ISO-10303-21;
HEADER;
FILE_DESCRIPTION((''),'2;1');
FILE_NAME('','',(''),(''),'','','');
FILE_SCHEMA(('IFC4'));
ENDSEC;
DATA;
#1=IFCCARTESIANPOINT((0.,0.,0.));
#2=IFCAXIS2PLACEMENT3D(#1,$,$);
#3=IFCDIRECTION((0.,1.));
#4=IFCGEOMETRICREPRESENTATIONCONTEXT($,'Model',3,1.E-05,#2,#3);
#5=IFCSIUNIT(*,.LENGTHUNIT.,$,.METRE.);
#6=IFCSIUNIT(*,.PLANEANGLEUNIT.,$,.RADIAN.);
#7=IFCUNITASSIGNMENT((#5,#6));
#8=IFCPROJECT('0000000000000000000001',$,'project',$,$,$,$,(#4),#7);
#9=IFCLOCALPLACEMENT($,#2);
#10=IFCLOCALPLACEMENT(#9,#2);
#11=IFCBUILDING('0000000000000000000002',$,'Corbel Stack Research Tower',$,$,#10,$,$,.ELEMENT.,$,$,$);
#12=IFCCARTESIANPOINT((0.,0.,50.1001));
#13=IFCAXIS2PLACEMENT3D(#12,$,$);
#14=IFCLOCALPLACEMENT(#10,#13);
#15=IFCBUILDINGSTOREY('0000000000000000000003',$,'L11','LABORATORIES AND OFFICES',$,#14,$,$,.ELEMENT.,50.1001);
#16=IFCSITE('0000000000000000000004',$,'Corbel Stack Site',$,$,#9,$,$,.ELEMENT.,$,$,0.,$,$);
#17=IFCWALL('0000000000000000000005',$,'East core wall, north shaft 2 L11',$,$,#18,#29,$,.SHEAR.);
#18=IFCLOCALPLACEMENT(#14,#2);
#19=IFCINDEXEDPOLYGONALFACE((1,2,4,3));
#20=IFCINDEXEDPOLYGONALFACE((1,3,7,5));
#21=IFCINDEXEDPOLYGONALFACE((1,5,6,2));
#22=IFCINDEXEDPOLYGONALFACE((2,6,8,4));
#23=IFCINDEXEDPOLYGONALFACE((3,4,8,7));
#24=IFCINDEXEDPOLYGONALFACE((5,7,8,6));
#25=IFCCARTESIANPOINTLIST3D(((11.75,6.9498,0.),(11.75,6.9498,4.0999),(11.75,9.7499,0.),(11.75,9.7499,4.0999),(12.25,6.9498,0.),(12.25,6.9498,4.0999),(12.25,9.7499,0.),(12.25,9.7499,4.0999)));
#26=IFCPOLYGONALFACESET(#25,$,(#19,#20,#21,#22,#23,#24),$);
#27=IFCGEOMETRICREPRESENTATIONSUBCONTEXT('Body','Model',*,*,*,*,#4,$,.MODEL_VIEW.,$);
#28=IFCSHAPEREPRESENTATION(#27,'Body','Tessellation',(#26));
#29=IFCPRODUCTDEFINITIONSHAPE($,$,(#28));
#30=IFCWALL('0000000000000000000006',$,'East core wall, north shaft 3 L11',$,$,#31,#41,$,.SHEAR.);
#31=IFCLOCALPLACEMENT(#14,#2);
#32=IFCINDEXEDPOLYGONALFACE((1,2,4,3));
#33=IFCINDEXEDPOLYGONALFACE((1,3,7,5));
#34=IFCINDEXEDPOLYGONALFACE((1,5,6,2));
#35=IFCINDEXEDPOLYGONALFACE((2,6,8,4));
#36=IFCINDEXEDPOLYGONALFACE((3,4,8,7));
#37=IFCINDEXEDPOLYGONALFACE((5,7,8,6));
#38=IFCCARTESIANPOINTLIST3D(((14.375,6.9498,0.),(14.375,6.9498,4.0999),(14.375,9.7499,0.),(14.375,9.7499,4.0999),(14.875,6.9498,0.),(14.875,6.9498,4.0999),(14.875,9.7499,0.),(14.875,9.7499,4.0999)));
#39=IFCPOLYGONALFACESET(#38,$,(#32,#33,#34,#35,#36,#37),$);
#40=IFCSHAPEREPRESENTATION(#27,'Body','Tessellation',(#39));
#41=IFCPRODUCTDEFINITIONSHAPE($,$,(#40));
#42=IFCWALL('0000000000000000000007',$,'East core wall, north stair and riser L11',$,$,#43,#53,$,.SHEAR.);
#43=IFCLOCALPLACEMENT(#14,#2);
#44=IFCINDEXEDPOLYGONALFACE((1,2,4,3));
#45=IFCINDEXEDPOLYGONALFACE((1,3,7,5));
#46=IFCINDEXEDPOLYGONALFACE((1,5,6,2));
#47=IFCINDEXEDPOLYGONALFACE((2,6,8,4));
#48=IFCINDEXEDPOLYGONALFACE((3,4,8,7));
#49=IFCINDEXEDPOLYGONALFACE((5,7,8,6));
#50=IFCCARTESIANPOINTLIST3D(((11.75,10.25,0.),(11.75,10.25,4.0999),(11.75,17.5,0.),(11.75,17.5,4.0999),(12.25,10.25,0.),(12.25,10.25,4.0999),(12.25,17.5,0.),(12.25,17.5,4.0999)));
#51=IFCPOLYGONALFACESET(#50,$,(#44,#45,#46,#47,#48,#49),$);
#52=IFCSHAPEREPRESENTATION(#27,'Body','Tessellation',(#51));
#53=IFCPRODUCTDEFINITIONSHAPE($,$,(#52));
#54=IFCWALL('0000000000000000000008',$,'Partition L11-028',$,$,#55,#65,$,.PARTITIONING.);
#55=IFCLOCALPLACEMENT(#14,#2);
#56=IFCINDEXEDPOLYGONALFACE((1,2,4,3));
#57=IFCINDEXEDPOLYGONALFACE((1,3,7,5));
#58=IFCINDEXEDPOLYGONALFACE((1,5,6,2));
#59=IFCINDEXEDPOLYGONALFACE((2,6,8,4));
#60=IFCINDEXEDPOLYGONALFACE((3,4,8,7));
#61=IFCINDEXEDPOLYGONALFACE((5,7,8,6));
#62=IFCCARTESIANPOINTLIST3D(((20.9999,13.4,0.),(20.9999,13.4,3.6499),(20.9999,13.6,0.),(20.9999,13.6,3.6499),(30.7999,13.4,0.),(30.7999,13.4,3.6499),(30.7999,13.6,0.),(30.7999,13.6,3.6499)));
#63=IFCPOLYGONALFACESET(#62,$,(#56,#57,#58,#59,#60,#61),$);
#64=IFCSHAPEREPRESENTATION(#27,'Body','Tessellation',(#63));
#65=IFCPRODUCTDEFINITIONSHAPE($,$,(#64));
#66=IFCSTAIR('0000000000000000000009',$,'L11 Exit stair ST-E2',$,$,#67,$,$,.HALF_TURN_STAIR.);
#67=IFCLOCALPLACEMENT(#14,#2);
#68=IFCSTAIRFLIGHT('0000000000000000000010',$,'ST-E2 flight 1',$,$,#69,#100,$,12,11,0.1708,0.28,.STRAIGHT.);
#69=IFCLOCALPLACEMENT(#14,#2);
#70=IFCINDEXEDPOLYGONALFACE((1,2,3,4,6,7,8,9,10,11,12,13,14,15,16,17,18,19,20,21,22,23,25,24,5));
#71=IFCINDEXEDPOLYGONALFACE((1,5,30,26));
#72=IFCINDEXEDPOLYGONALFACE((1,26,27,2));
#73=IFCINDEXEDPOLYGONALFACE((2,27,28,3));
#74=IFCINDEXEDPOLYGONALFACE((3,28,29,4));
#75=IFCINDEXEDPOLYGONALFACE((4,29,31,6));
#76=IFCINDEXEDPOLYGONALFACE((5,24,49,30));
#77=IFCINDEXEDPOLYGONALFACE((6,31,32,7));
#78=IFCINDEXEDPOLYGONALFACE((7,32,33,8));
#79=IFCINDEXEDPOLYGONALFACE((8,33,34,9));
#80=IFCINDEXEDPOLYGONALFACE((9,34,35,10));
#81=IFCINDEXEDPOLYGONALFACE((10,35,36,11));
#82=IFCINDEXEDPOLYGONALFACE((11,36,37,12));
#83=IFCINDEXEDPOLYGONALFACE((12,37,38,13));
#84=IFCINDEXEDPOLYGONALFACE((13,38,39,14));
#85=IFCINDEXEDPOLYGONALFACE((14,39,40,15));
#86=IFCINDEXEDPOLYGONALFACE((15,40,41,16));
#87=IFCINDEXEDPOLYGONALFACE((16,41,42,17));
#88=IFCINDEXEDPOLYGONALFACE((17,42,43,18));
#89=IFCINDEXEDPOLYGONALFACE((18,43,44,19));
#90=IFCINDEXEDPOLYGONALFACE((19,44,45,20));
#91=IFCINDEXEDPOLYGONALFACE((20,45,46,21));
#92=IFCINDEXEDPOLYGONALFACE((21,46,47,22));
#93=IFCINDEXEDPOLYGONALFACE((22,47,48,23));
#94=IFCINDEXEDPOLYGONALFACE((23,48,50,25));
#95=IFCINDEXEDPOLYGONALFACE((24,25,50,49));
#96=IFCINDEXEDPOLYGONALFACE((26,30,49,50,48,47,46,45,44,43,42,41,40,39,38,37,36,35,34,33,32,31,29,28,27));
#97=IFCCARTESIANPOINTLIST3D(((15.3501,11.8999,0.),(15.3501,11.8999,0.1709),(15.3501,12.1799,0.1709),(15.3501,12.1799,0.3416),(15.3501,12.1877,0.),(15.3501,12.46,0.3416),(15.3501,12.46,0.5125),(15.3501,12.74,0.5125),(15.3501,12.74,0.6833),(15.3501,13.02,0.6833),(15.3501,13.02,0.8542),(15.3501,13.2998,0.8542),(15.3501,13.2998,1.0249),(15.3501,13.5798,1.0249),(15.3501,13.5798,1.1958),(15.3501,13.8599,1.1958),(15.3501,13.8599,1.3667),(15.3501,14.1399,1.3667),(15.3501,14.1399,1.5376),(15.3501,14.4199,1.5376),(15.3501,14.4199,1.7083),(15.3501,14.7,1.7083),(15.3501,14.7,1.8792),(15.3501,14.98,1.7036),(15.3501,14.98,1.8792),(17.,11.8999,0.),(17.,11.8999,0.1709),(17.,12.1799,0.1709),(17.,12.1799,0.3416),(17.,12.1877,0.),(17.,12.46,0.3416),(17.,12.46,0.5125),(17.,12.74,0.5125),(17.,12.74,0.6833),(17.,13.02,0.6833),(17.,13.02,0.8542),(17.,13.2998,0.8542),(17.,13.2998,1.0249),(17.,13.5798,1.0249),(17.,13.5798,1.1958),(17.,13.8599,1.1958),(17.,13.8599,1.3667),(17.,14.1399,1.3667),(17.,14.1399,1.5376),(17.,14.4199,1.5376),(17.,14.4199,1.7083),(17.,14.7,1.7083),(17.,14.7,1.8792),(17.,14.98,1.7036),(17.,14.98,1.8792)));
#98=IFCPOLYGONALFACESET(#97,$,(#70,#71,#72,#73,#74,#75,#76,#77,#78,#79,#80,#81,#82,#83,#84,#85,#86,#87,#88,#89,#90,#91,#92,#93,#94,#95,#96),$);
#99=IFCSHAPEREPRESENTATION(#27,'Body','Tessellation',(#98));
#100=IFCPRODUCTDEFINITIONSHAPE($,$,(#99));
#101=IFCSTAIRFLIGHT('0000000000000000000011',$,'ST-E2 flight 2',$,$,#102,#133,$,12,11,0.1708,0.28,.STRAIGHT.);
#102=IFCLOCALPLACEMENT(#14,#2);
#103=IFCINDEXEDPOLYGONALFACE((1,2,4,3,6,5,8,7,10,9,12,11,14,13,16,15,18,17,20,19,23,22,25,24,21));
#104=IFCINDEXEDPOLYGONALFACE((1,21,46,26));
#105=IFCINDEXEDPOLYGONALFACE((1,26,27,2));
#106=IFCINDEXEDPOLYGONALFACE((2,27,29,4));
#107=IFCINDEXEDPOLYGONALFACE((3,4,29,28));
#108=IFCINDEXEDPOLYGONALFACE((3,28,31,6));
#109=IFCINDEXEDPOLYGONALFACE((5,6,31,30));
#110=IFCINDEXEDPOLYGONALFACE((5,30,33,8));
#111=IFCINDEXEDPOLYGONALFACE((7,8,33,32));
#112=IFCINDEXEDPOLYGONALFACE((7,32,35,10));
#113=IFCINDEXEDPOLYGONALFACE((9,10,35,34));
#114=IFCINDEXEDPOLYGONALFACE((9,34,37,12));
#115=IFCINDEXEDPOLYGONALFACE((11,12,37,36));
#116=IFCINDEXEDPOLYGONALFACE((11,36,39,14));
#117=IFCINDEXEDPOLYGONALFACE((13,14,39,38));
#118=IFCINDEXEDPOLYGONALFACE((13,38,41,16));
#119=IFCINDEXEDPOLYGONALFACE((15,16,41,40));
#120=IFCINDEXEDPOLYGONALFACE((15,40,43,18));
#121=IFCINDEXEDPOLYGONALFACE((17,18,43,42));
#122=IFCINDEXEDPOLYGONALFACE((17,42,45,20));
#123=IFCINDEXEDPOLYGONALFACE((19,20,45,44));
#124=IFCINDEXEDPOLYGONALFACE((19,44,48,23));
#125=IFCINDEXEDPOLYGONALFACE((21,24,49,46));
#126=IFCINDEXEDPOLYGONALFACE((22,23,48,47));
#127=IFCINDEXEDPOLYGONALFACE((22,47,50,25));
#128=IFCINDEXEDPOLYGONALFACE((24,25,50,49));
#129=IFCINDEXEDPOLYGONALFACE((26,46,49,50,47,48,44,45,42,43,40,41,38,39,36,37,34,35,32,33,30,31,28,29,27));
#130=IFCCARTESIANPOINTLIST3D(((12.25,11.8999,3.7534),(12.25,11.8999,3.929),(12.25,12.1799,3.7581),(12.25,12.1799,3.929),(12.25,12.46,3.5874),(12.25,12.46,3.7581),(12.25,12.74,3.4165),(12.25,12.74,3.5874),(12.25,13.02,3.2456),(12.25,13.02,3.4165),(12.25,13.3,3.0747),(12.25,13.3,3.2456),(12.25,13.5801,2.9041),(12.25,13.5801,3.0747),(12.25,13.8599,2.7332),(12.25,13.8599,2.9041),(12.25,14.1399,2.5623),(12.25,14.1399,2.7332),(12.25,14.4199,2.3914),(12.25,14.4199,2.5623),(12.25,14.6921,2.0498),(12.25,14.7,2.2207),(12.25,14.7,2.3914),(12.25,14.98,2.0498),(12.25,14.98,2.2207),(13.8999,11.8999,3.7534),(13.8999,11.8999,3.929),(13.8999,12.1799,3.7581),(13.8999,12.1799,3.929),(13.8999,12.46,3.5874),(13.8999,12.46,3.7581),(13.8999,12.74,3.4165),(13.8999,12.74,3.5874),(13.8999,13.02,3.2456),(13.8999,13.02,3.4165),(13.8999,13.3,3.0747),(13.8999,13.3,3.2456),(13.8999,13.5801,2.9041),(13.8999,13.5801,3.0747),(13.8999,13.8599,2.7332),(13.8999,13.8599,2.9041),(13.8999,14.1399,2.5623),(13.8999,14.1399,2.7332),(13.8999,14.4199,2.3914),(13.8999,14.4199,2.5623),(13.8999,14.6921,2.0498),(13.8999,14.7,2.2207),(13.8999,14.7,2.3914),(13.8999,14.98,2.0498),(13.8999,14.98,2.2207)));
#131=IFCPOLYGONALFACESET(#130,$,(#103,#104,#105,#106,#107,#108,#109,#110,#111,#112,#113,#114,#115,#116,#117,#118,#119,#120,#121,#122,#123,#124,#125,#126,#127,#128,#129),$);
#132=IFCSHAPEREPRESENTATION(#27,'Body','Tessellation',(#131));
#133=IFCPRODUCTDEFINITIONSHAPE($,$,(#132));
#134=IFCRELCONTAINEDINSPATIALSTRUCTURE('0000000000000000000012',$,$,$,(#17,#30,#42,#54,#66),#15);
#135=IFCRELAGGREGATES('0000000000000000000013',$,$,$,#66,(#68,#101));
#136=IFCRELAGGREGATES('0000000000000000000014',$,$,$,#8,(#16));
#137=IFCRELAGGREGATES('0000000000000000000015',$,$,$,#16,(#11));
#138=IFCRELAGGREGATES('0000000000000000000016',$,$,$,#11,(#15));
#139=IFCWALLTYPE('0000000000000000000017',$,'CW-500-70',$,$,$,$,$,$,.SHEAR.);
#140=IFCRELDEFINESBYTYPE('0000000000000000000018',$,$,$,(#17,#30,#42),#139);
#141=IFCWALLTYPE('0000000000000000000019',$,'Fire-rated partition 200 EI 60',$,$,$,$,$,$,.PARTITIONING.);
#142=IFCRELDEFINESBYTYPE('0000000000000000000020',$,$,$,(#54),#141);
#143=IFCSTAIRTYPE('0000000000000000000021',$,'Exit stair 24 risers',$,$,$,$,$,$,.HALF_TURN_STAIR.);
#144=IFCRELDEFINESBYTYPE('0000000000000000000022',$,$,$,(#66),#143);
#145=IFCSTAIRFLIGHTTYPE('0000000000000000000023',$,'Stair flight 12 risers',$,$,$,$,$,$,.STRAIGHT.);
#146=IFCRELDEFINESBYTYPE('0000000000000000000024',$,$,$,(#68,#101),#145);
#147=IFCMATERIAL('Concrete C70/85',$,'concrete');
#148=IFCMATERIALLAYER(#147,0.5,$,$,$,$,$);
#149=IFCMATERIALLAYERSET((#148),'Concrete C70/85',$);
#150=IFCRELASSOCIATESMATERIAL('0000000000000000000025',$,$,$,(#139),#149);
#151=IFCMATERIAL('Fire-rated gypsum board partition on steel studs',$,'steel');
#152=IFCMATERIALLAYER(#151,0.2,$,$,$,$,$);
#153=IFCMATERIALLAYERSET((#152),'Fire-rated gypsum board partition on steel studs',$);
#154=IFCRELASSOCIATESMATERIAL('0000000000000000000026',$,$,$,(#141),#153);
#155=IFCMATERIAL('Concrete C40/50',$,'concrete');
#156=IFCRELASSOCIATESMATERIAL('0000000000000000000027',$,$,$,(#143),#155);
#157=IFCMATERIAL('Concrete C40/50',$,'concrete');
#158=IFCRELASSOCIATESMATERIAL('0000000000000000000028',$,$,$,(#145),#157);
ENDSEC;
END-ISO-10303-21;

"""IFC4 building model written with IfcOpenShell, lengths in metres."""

from ifc_helpers import new_model, si_unit, direction, frame, frame_2d, origin, place, context, subcontext, project, spatial, polyline, rectangle, outline, extrude, material, layer, layer_set, type_object, element, aggregate, save


model = new_model("IFC4")

# Units and contexts
model_context = context("Model", 3, precision=1e-05, world=origin(), true_north=direction((0.0, 1.0)))
body_context = subcontext(model_context, "Body", "Model", "MODEL_VIEW")
ifc_project = project(units=[si_unit("LENGTHUNIT", "METRE"), si_unit("PLANEANGLEUNIT", "RADIAN")], contexts=[model_context])

# Site, building, storey
site_placement = place(None, origin())
site = spatial("IfcSite", under=ifc_project, at=site_placement, Name="Corbel Stack Site", CompositionType="ELEMENT", RefElevation=0.0)
building_placement = place(site_placement, origin())
building = spatial("IfcBuilding", under=site, at=building_placement, Name="Corbel Stack Research Tower", CompositionType="ELEMENT")
storey_placement = place(building_placement, frame((0.0, 0.0, 50.1001)))
storey = spatial("IfcBuildingStorey", under=building, at=storey_placement, Name="L11", Description="LABORATORIES AND OFFICES", CompositionType="ELEMENT", Elevation=50.1001)

# Walls
ifc_material_1 = material(Name="Concrete C70/85", Category="concrete")
ifc_layer_1 = layer(ifc_material_1, 0.5)
ifc_layer_set_1 = layer_set([ifc_layer_1], Name="Concrete C70/85")
wall_type_1 = type_object("IfcWallType", Name="CW-500-70", PredefinedType="SHEAR", material=ifc_layer_set_1)
for number, where, z_axis, x_axis, name in (
    (1, (12.0, 6.95, 0.0), (0.0, 0.0, 1.0), (0.0, 1.0, 0.0), "East core wall, north shaft 2 L11"),
    (2, (14.625, 6.95, 0.0), (0.0, 0.0, 1.0), (0.0, 1.0, 0.0), "East core wall, north shaft 3 L11"),
):
    element("IfcWall", number, at=place(storey_placement, frame(where, z_axis=z_axis, x_axis=x_axis)), inside=storey, type_object=wall_type_1, Name=name, PredefinedType="SHEAR", context=body_context, shape_type="SweptSolid", body=[
        extrude(rectangle(XDim=2.8, YDim=0.5, at=frame_2d((1.3999, 0.0))), origin(), (0.0, 0.0, 1.0), 4.0999),
    ])
wall_1_placement = place(storey_placement, frame((12.0, 10.25, 0.0), z_axis=(0.0, 0.0, 1.0), x_axis=(0.0, 1.0, 0.0)))
element("IfcWall", 3, at=wall_1_placement, inside=storey, type_object=wall_type_1, Name="East core wall, north stair and riser L11", PredefinedType="SHEAR", context=body_context, shape_type="SweptSolid", body=[
    extrude(rectangle(XDim=7.25, YDim=0.5, at=frame_2d((3.625, 0.0))), origin(), (0.0, 0.0, 1.0), 4.0999),
])
ifc_material_2 = material(Name="Fire-rated gypsum board partition on steel studs", Category="steel")
ifc_layer_2 = layer(ifc_material_2, 0.2)
ifc_layer_set_2 = layer_set([ifc_layer_2], Name="Fire-rated gypsum board partition on steel studs")
wall_type_2 = type_object("IfcWallType", Name="Fire-rated partition 200 EI 60", PredefinedType="PARTITIONING", material=ifc_layer_set_2)
wall_2_placement = place(storey_placement, frame((21.0, 13.5, 0.0), z_axis=(0.0, 0.0, 1.0), x_axis=(1.0, 0.0, 0.0)))
element("IfcWall", 4, at=wall_2_placement, inside=storey, type_object=wall_type_2, Name="Partition L11-028", PredefinedType="PARTITIONING", context=body_context, shape_type="SweptSolid", body=[
    extrude(rectangle(XDim=9.8, YDim=0.2, at=frame_2d((4.8999, 0.0))), origin(), (0.0, 0.0, 1.0), 3.6499),
])

# Stair, stair flights
ifc_material_3 = material(Name="Concrete C40/50", Category="concrete")
stair_type = type_object("IfcStairType", Name="Exit stair 24 risers", PredefinedType="HALF_TURN_STAIR", material=ifc_material_3)
stair_placement = place(storey_placement, origin())
stair = element("IfcStair", 5, at=stair_placement, inside=storey, type_object=stair_type, Name="L11 Exit stair ST-E2", PredefinedType="HALF_TURN_STAIR")
ifc_material_4 = material(Name="Concrete C40/50", Category="concrete")
stair_flight_type = type_object("IfcStairFlightType", Name="Stair flight 12 risers", PredefinedType="STRAIGHT", material=ifc_material_4)
stair_flight_1_placement = place(storey_placement, frame((16.175, 11.8999, 0.0), z_axis=(0.0, 0.0, 1.0), x_axis=(0.0, 1.0, 0.0)))
stair_flight_1 = element("IfcStairFlight", 6, at=stair_flight_1_placement, type_object=stair_flight_type, Name="ST-E2 flight 1", NumberOfRisers=12, NumberOfTreads=11, PredefinedType="STRAIGHT", RiserHeight=0.1708, TreadLength=0.28, context=body_context, shape_type="SweptSolid", body=[
    extrude(outline(polyline([(0.0, 0.0), (0.0, 0.1709), (0.28, 0.1709), (0.28, 0.3416), (0.5601, 0.3416), (0.5601, 0.5125), (0.8401, 0.5125), (0.8401, 0.6833), (1.1201, 0.6833), (1.1201, 0.8542), (1.3999, 0.8542), (1.3999, 1.0249), (1.6799, 1.0249), (1.6799, 1.1958), (1.96, 1.1958), (1.96, 1.3667), (2.24, 1.3667), (2.24, 1.5376), (2.52, 1.5376), (2.52, 1.7083), (2.8, 1.7083), (2.8, 1.8792), (3.0801, 1.8792), (3.0801, 2.05), (3.0801, 1.7036), (0.2878, 0.0), (0.0, 0.0)])), frame((0.0, 0.825, 0.0), z_axis=(0.0, -1.0, 0.0), x_axis=(1.0, 0.0, 0.0)), (0.0, 0.0, 1.0), 1.6499),
])
stair_flight_2_placement = place(storey_placement, frame((13.075, 14.98, 2.0498), z_axis=(0.0, 0.0, 1.0), x_axis=(0.0, -1.0, 0.0)))
stair_flight_2 = element("IfcStairFlight", 7, at=stair_flight_2_placement, type_object=stair_flight_type, Name="ST-E2 flight 2", NumberOfRisers=12, NumberOfTreads=11, PredefinedType="STRAIGHT", RiserHeight=0.1708, TreadLength=0.28, context=body_context, shape_type="SweptSolid", body=[
    extrude(outline(polyline([(0.0, 0.0), (0.0, 0.1709), (0.28, 0.1709), (0.28, 0.3416), (0.5601, 0.3416), (0.5601, 0.5125), (0.8401, 0.5125), (0.8401, 0.6833), (1.1201, 0.6833), (1.1201, 0.8542), (1.3999, 0.8542), (1.3999, 1.0249), (1.6799, 1.0249), (1.6799, 1.1958), (1.96, 1.1958), (1.96, 1.3667), (2.24, 1.3667), (2.24, 1.5376), (2.52, 1.5376), (2.52, 1.7083), (2.8, 1.7083), (2.8, 1.8792), (3.0801, 1.8792), (3.0801, 2.05), (3.0801, 1.7036), (0.2878, 0.0), (0.0, 0.0)])), frame((0.0, 0.825, 0.0), z_axis=(0.0, -1.0, 0.0), x_axis=(1.0, 0.0, 0.0)), (0.0, 0.0, 1.0), 1.6499),
])
aggregate(stair, [stair_flight_1, stair_flight_2])

save(model, "model.ifc")
